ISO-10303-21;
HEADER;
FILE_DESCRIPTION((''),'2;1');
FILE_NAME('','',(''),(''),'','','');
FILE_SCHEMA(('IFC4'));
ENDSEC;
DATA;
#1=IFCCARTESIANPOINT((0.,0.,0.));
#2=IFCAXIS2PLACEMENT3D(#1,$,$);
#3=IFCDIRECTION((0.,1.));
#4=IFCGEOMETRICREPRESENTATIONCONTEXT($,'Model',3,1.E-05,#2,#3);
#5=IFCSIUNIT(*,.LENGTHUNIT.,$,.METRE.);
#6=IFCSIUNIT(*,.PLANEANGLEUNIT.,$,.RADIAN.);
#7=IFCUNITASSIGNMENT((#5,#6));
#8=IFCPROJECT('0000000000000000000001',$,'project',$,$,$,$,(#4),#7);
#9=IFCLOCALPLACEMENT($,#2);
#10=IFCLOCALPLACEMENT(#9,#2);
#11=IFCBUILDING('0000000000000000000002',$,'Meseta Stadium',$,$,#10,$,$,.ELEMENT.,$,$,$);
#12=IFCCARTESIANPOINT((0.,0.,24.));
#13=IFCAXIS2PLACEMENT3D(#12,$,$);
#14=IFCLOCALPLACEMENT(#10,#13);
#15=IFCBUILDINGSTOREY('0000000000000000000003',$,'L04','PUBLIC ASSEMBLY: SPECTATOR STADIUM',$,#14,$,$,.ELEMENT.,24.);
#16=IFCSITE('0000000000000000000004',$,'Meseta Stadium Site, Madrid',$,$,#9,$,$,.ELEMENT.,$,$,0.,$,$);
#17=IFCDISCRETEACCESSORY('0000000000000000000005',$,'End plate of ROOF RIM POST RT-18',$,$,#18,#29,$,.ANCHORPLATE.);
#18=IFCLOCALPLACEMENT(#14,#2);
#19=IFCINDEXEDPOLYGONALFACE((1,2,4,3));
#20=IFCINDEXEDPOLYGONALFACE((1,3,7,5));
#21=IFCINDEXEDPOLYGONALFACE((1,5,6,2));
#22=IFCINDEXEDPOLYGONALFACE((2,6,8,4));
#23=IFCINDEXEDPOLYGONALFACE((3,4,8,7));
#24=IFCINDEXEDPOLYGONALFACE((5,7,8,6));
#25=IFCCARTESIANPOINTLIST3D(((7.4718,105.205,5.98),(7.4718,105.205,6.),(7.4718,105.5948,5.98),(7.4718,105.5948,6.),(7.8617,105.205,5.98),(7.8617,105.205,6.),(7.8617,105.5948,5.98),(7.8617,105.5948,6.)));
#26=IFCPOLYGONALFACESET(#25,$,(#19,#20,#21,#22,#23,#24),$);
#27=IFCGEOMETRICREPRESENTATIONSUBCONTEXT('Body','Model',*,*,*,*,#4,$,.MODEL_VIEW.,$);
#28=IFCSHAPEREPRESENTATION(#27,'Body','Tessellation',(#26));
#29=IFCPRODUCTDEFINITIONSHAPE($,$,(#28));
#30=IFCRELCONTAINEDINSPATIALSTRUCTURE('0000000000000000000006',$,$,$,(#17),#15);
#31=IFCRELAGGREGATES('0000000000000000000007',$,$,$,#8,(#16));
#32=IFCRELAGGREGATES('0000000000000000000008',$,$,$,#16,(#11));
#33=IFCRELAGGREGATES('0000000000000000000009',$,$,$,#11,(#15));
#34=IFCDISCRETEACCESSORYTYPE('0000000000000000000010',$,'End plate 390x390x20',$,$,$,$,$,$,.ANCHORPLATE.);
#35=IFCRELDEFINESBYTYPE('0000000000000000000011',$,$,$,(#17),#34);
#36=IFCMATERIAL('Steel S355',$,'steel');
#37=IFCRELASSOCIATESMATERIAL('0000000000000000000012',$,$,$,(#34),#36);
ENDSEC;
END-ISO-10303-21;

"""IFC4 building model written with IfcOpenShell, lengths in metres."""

from ifc_helpers import new_model, si_unit, direction, frame, origin, origin_2d, place, context, subcontext, project, spatial, rectangle, extrude, material, material_profile, profile_set, type_object, element, save


model = new_model("IFC4")

# Units and contexts
model_context = context("Model", 3, precision=1e-05, world=origin(), true_north=direction((0.0, 1.0)))
body_context = subcontext(model_context, "Body", "Model", "MODEL_VIEW")
ifc_project = project(units=[si_unit("LENGTHUNIT", "METRE"), si_unit("PLANEANGLEUNIT", "RADIAN")], contexts=[model_context])

# Site, building, storey
site_placement = place(None, origin())
site = spatial("IfcSite", under=ifc_project, at=site_placement, Name="Meseta Stadium Site, Madrid", CompositionType="ELEMENT", RefElevation=0.0)
building_placement = place(site_placement, origin())
building = spatial("IfcBuilding", under=site, at=building_placement, Name="Meseta Stadium", CompositionType="ELEMENT")
storey_placement = place(building_placement, frame((0.0, 0.0, 24.0)))
storey = spatial("IfcBuildingStorey", under=building, at=storey_placement, Name="L04", Description="PUBLIC ASSEMBLY: SPECTATOR STADIUM", CompositionType="ELEMENT", Elevation=24.0)

# Discrete accessory
ifc_material_1 = material(Name="Steel S355", Category="steel")
ifc_material_profile_1 = material_profile(ifc_material_1, rectangle(XDim=0.3899, YDim=0.3899, at=origin_2d()), Name="PL 390x390")
ifc_profile_set_1 = profile_set([ifc_material_profile_1], Name="Steel S355")
discrete_accessory_type = type_object("IfcDiscreteAccessoryType", Name="End plate 390x390x20", PredefinedType="ANCHORPLATE", material=ifc_profile_set_1)
discrete_accessory_placement = place(storey_placement, frame((7.6667, 105.3999, 5.98), z_axis=(0.0, 0.0, 1.0), x_axis=(1.0, 0.0, 0.0)))
element("IfcDiscreteAccessory", 1, at=discrete_accessory_placement, inside=storey, type_object=discrete_accessory_type, Name="End plate of ROOF RIM POST RT-18", PredefinedType="ANCHORPLATE", context=body_context, shape_type="SweptSolid", body=[
    extrude(rectangle(XDim=0.3899, YDim=0.3899, at=origin_2d()), origin(), (0.0, 0.0, 1.0), 0.02),
])

save(model, "model.ifc")
